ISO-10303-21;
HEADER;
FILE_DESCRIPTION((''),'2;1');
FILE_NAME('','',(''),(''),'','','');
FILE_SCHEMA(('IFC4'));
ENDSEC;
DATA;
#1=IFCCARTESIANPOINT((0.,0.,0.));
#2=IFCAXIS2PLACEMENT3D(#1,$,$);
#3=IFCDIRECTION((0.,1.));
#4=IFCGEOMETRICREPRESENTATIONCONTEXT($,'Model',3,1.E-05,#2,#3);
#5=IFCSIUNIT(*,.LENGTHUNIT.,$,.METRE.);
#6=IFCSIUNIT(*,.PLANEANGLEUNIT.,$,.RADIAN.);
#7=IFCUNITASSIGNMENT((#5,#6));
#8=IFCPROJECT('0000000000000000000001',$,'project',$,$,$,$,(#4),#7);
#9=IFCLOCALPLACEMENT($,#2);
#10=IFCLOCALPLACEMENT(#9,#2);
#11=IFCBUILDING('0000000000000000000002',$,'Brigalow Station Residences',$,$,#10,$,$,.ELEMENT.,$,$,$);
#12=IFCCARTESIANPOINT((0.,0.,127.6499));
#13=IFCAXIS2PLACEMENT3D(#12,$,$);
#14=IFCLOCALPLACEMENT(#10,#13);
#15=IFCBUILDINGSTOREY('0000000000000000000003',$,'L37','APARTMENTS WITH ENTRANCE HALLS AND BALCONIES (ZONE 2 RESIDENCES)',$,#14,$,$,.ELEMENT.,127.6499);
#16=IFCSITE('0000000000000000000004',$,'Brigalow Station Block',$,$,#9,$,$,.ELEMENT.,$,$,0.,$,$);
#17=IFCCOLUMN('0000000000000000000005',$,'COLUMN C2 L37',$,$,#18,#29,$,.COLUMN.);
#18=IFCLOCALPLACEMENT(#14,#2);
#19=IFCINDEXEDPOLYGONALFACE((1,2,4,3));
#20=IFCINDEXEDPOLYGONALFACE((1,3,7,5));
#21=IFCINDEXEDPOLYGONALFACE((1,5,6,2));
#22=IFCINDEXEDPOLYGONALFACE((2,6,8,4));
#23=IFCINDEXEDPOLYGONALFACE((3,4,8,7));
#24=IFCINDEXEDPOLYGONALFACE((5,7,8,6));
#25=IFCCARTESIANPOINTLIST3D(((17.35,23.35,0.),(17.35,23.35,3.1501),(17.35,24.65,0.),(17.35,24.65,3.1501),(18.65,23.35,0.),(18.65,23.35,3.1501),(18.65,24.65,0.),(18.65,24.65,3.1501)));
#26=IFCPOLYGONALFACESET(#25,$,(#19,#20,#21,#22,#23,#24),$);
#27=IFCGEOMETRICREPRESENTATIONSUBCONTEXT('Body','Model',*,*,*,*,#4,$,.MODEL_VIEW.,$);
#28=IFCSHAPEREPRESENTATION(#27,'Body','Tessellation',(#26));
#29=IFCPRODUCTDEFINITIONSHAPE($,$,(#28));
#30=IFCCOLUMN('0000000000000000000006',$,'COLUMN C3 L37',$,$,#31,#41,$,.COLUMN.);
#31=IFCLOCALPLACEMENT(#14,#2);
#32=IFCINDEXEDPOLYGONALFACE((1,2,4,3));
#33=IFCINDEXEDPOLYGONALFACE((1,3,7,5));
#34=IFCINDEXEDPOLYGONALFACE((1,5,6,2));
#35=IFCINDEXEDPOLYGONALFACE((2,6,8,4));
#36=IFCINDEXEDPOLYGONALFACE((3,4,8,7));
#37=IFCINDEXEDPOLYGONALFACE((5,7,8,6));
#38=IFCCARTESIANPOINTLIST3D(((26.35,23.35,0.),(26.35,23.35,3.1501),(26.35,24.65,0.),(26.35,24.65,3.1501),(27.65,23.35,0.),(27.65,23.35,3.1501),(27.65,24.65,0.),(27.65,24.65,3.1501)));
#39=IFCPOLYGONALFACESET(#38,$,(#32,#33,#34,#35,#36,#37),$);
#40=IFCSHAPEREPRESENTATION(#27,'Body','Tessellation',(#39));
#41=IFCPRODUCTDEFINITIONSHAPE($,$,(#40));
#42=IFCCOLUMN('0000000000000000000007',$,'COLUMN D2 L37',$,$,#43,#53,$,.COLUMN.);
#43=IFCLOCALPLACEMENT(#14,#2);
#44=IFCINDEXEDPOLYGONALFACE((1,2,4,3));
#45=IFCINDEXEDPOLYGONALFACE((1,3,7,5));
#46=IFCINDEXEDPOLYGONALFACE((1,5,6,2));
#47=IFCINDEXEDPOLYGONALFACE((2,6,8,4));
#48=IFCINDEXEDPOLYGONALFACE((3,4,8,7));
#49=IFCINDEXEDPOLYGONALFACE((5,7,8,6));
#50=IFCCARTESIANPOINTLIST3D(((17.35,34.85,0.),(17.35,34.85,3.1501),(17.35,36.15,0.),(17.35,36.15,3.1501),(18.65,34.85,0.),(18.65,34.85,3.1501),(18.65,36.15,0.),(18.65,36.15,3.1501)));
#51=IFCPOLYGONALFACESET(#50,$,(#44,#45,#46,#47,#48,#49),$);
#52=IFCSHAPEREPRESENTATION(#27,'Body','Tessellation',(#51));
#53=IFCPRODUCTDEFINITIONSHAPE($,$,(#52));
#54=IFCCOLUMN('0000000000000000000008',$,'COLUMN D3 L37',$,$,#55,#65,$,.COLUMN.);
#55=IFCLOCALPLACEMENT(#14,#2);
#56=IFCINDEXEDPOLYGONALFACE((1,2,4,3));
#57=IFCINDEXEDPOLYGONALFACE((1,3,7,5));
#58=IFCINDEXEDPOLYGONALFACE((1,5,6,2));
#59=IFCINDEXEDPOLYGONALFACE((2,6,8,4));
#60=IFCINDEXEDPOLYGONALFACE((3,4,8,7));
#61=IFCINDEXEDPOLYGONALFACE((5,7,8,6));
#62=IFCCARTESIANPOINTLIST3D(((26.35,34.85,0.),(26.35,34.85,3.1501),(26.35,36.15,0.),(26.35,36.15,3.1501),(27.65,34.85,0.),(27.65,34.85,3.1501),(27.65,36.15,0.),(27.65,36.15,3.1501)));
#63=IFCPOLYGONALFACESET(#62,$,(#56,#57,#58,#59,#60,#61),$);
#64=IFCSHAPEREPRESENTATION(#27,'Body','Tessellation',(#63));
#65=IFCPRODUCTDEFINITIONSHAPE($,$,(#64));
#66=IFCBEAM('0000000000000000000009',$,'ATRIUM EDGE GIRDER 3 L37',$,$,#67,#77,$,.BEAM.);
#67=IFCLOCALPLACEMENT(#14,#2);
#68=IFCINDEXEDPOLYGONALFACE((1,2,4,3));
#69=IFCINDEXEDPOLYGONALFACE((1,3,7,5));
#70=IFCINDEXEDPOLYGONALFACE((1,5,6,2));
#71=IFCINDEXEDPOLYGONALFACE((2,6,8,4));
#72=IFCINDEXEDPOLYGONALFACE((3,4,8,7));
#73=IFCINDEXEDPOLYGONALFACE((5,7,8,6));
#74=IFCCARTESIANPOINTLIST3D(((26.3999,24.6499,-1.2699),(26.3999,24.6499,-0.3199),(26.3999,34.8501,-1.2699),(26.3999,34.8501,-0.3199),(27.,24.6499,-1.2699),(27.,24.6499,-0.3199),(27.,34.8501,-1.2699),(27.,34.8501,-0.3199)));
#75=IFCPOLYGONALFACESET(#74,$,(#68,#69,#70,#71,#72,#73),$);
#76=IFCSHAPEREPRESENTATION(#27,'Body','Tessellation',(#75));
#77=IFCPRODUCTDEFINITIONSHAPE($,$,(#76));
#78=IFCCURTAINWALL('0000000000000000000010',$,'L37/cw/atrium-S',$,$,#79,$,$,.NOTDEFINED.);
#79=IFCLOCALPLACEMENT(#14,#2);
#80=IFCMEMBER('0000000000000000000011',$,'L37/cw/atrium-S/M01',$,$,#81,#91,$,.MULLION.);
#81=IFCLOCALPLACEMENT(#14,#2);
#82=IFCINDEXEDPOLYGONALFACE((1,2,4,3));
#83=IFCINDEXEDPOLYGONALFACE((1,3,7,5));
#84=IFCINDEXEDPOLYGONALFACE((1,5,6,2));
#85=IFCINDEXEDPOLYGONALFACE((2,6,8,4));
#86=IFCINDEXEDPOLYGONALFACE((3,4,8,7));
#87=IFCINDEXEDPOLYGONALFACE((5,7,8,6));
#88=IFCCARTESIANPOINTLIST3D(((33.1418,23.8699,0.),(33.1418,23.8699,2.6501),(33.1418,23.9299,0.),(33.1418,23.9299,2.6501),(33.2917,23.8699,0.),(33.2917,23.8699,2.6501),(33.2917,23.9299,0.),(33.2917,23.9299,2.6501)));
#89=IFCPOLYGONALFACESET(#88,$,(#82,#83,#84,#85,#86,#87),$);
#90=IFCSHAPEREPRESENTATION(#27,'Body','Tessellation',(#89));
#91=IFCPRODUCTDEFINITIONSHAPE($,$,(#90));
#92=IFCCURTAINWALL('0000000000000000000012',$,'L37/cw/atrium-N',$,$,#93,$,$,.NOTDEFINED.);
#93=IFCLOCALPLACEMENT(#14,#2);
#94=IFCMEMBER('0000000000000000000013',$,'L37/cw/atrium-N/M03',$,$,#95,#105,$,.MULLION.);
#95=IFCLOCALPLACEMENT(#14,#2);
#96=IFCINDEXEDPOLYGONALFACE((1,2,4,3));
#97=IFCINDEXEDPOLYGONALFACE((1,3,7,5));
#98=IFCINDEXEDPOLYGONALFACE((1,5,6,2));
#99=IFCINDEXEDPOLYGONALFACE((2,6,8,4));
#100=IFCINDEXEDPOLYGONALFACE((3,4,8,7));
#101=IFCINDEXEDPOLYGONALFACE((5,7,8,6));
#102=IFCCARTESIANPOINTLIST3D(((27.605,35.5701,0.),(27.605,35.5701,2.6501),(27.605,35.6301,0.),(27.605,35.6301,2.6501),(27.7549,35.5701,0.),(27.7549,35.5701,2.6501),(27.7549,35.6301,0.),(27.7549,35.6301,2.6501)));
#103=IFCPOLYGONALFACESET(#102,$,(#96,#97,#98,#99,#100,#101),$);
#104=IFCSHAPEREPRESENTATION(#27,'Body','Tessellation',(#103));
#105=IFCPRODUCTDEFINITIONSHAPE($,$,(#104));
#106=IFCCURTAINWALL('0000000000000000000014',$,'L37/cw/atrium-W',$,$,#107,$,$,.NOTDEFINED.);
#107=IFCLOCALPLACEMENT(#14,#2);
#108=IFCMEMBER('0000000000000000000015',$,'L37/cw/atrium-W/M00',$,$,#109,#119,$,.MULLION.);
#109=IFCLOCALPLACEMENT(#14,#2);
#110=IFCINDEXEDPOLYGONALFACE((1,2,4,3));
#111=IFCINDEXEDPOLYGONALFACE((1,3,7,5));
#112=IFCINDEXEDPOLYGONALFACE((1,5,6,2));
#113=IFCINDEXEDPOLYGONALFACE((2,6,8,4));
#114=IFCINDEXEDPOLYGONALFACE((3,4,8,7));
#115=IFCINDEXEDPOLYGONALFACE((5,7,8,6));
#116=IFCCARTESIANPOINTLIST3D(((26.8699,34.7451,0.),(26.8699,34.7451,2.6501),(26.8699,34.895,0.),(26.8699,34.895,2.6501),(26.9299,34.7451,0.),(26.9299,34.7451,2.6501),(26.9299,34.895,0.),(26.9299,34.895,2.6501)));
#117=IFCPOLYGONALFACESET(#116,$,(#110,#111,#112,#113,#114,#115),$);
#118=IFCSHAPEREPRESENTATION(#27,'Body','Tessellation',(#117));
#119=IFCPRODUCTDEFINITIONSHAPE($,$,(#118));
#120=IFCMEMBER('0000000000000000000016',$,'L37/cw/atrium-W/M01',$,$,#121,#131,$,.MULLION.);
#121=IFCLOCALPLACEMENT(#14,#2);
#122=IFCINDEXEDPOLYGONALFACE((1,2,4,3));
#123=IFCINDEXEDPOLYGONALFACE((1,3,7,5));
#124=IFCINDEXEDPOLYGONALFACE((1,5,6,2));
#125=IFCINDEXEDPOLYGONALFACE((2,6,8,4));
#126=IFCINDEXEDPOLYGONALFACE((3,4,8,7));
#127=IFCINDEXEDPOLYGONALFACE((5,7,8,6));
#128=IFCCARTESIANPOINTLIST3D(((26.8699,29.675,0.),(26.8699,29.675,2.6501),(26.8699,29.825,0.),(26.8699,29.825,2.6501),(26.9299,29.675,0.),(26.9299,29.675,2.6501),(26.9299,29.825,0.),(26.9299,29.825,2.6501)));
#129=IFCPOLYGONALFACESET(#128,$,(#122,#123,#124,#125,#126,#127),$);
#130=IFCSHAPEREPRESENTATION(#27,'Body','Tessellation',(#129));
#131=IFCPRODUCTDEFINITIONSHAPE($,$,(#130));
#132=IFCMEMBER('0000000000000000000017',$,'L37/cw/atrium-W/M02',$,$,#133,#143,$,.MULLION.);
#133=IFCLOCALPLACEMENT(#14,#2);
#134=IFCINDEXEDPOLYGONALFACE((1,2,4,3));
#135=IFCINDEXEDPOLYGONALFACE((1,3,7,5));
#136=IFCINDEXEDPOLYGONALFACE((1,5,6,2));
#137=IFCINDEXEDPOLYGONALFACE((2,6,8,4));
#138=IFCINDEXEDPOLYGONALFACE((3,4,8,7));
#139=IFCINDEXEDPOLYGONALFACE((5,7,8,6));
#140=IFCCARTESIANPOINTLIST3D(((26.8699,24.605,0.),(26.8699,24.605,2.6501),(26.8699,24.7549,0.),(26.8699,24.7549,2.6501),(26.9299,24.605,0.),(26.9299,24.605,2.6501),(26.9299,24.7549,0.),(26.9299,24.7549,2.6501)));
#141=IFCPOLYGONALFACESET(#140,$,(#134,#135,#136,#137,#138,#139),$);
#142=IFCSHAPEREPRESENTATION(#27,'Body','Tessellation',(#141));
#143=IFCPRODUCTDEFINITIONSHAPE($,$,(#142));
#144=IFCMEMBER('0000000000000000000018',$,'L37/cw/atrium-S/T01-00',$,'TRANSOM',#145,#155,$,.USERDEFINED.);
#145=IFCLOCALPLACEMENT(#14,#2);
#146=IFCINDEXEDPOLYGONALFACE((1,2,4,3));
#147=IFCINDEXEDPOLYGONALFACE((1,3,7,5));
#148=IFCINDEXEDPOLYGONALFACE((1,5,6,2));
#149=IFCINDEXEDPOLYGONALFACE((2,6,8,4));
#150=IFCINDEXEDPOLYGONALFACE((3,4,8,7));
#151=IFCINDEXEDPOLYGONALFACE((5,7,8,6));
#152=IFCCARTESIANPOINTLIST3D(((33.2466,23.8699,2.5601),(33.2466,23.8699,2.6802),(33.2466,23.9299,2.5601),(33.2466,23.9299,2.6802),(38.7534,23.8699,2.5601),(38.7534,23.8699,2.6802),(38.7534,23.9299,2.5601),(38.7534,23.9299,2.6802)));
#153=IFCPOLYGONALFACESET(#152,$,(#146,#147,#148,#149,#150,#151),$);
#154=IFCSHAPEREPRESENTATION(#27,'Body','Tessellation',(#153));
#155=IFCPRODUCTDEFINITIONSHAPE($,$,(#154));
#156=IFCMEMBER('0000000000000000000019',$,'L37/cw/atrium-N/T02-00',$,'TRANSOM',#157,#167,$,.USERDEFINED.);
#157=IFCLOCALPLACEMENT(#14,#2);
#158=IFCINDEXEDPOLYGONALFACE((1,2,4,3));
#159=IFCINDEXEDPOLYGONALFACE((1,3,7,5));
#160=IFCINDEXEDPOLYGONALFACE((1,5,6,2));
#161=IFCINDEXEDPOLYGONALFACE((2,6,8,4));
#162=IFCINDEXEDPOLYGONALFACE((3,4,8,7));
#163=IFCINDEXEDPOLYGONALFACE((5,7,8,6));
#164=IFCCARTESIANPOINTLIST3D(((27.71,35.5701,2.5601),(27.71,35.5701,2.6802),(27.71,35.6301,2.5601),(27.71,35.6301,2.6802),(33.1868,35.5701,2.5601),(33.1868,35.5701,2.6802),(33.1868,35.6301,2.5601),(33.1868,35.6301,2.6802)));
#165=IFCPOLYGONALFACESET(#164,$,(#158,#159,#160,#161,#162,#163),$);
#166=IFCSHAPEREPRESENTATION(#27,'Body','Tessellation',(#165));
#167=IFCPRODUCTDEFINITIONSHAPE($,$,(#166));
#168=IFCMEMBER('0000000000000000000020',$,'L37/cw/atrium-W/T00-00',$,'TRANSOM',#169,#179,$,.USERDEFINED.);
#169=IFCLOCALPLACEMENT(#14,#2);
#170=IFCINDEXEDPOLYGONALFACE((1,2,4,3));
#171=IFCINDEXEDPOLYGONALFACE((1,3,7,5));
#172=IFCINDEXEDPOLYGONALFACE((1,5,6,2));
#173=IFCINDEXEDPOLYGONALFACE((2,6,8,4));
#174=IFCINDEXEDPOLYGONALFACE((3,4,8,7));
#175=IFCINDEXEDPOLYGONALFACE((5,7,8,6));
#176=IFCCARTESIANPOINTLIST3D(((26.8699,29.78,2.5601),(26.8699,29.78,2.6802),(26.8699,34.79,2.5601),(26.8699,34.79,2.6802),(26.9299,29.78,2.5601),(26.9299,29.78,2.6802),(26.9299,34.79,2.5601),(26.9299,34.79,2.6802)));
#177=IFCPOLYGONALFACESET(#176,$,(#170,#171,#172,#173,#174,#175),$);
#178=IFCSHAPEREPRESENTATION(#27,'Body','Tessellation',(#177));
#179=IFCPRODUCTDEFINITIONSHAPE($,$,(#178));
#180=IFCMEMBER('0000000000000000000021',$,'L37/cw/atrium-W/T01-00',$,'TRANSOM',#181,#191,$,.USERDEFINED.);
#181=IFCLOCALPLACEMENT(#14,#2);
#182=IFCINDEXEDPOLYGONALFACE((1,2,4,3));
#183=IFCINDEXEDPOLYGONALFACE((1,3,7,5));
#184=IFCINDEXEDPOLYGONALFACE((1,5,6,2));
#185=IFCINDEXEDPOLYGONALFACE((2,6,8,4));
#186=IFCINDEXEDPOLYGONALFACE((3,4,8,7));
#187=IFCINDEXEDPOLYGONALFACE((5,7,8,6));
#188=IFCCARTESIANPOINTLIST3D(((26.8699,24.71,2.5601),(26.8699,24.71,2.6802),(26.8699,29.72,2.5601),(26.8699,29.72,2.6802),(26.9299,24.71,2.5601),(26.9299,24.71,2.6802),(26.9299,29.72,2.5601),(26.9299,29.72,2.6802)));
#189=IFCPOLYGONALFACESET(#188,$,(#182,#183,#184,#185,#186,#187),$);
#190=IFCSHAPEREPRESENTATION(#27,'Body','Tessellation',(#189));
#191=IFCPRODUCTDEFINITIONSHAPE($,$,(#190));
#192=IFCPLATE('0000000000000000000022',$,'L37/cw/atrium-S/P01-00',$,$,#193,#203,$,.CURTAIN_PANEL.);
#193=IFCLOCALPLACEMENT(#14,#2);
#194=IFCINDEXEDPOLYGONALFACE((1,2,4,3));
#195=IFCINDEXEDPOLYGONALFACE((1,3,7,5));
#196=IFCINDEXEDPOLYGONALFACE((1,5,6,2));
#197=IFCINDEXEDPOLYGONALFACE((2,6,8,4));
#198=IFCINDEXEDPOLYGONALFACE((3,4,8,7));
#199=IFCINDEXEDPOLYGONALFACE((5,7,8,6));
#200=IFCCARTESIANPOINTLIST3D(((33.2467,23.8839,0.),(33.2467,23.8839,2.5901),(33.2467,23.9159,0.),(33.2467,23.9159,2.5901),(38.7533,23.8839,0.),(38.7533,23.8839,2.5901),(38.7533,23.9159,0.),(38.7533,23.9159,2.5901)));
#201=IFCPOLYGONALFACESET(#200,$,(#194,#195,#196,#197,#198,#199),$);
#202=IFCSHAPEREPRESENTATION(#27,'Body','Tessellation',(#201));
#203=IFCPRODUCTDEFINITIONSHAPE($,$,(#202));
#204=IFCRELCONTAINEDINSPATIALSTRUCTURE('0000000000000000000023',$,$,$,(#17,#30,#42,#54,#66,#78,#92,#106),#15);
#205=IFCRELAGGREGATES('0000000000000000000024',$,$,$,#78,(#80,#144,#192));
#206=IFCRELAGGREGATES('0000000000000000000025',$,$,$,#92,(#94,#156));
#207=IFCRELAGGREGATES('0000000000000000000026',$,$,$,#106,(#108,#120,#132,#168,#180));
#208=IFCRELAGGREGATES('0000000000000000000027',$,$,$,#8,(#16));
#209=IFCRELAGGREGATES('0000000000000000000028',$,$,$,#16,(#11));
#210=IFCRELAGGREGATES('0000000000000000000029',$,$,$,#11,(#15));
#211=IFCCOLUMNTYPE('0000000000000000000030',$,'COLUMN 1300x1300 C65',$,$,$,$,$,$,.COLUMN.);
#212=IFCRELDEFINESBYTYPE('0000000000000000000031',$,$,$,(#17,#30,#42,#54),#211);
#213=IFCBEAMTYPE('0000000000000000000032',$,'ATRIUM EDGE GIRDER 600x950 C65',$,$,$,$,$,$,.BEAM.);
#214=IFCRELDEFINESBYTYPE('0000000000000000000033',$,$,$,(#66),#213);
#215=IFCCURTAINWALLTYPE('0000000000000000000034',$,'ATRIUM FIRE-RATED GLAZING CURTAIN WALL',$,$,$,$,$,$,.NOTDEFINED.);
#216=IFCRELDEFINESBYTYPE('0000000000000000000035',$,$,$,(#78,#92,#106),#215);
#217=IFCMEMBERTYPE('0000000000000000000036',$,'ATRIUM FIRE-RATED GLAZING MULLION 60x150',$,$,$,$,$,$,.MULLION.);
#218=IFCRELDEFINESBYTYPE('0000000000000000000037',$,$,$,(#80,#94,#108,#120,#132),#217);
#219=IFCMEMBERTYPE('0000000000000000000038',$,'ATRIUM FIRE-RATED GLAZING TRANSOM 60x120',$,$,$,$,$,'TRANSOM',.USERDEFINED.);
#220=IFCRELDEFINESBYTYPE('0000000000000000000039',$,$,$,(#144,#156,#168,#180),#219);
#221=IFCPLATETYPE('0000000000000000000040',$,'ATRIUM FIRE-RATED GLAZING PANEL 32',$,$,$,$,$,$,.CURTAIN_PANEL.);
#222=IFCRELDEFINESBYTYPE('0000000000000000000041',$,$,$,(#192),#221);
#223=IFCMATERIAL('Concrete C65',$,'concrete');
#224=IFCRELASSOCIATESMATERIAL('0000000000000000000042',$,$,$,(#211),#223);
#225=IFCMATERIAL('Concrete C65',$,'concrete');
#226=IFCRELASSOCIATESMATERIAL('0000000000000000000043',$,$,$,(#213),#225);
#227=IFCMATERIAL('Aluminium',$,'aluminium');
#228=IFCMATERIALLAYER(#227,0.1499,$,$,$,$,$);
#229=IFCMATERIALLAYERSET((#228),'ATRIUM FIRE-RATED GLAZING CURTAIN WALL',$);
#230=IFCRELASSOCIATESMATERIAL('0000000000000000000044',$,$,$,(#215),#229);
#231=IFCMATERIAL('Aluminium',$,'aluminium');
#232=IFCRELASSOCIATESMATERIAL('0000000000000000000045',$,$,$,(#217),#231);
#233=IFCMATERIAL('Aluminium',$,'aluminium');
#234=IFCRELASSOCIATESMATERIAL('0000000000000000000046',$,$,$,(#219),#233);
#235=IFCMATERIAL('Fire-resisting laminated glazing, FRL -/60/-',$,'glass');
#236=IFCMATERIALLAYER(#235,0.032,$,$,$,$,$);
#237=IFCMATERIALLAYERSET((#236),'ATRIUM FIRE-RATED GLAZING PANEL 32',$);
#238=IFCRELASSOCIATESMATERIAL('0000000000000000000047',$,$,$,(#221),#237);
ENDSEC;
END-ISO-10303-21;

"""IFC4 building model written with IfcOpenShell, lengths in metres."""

from ifc_helpers import new_model, si_unit, direction, frame, origin, origin_2d, place, context, subcontext, project, spatial, rectangle, extrude, material, layer, layer_set, material_profile, profile_set, type_object, element, aggregate, save


model = new_model("IFC4")

# Units and contexts
model_context = context("Model", 3, precision=1e-05, world=origin(), true_north=direction((0.0, 1.0)))
body_context = subcontext(model_context, "Body", "Model", "MODEL_VIEW")
ifc_project = project(units=[si_unit("LENGTHUNIT", "METRE"), si_unit("PLANEANGLEUNIT", "RADIAN")], contexts=[model_context])

# Site, building, storey
site_placement = place(None, origin())
site = spatial("IfcSite", under=ifc_project, at=site_placement, Name="Brigalow Station Block", CompositionType="ELEMENT", RefElevation=0.0)
building_placement = place(site_placement, origin())
building = spatial("IfcBuilding", under=site, at=building_placement, Name="Brigalow Station Residences", CompositionType="ELEMENT")
storey_placement = place(building_placement, frame((0.0, 0.0, 127.6499)))
storey = spatial("IfcBuildingStorey", under=building, at=storey_placement, Name="L37", Description="APARTMENTS WITH ENTRANCE HALLS AND BALCONIES (ZONE 2 RESIDENCES)", CompositionType="ELEMENT", Elevation=127.6499)

# Columns
ifc_material_1 = material(Name="Concrete C65", Category="concrete")
ifc_material_profile_1 = material_profile(ifc_material_1, rectangle(XDim=1.3, YDim=1.3, at=origin_2d()), Name="RC1300x1300")
ifc_profile_set_1 = profile_set([ifc_material_profile_1], Name="Concrete C65")
column_type = type_object("IfcColumnType", Name="COLUMN 1300x1300 C65", PredefinedType="COLUMN", material=ifc_profile_set_1)
for number, where, z_axis, x_axis, name in (
    (1, (18.0, 24.0, 0.0), (0.0, 0.0, 1.0), (1.0, 0.0, 0.0), "COLUMN C2 L37"),
    (2, (27.0, 24.0, 0.0), (0.0, 0.0, 1.0), (1.0, 0.0, 0.0), "COLUMN C3 L37"),
    (3, (18.0, 35.5, 0.0), (0.0, 0.0, 1.0), (1.0, 0.0, 0.0), "COLUMN D2 L37"),
    (4, (27.0, 35.5, 0.0), (0.0, 0.0, 1.0), (1.0, 0.0, 0.0), "COLUMN D3 L37"),
):
    element("IfcColumn", number, at=place(storey_placement, frame(where, z_axis=z_axis, x_axis=x_axis)), inside=storey, type_object=column_type, Name=name, PredefinedType="COLUMN", context=body_context, shape_type="SweptSolid", body=[
        extrude(rectangle(XDim=1.3, YDim=1.3, at=origin_2d()), origin(), (0.0, 0.0, 1.0), 3.1501),
    ])

# Beam
ifc_material_2 = material(Name="Concrete C65", Category="concrete")
ifc_material_profile_2 = material_profile(ifc_material_2, rectangle(XDim=0.6001, YDim=0.95, at=origin_2d()), Name="RC600x950")
ifc_profile_set_2 = profile_set([ifc_material_profile_2], Name="Concrete C65")
beam_type = type_object("IfcBeamType", Name="ATRIUM EDGE GIRDER 600x950 C65", PredefinedType="BEAM", material=ifc_profile_set_2)
beam_placement = place(storey_placement, frame((26.7, 24.6499, -0.7949), z_axis=(0.0, 1.0, 0.0), x_axis=(-1.0, 0.0, 0.0)))
element("IfcBeam", 5, at=beam_placement, inside=storey, type_object=beam_type, Name="ATRIUM EDGE GIRDER 3 L37", PredefinedType="BEAM", context=body_context, shape_type="SweptSolid", body=[
    extrude(rectangle(XDim=0.6001, YDim=0.95, at=origin_2d()), origin(), (0.0, 0.0, 1.0), 10.2002),
])

# Curtain walls, members
ifc_material_3 = material(Name="Aluminium", Category="aluminium")
ifc_layer_1 = layer(ifc_material_3, 0.1499)
ifc_layer_set_1 = layer_set([ifc_layer_1], Name="ATRIUM FIRE-RATED GLAZING CURTAIN WALL")
curtain_wall_type = type_object("IfcCurtainWallType", Name="ATRIUM FIRE-RATED GLAZING CURTAIN WALL", PredefinedType="NOTDEFINED", material=ifc_layer_set_1)
curtain_wall_1_placement = place(storey_placement, origin())
curtain_wall_1 = element("IfcCurtainWall", 6, at=curtain_wall_1_placement, inside=storey, type_object=curtain_wall_type, Name="L37/cw/atrium-S", PredefinedType="NOTDEFINED")
ifc_material_4 = material(Name="Aluminium", Category="aluminium")
ifc_material_profile_3 = material_profile(ifc_material_4, rectangle(XDim=0.0601, YDim=0.1499, at=origin_2d()), Name="ATRIUM FIRE-RATED GLAZING MULLION 60x150")
ifc_profile_set_3 = profile_set([ifc_material_profile_3], Name="Aluminium")
member_type_1 = type_object("IfcMemberType", Name="ATRIUM FIRE-RATED GLAZING MULLION 60x150", PredefinedType="MULLION", material=ifc_profile_set_3)
member_1_placement = place(storey_placement, frame((33.2168, 23.8999, 0.0), z_axis=(0.0, 0.0, 1.0), x_axis=(0.0, 1.0, 0.0)))
member_1 = element("IfcMember", 7, at=member_1_placement, type_object=member_type_1, Name="L37/cw/atrium-S/M01", PredefinedType="MULLION", context=body_context, shape_type="SweptSolid", body=[
    extrude(rectangle(XDim=0.0601, YDim=0.1499, at=origin_2d()), origin(), (0.0, 0.0, 1.0), 2.6501),
])
curtain_wall_2_placement = place(storey_placement, origin())
curtain_wall_2 = element("IfcCurtainWall", 8, at=curtain_wall_2_placement, inside=storey, type_object=curtain_wall_type, Name="L37/cw/atrium-N", PredefinedType="NOTDEFINED")
member_2_placement = place(storey_placement, frame((27.6799, 35.6001, 0.0), z_axis=(0.0, 0.0, 1.0), x_axis=(0.0, -1.0, 0.0)))
member_2 = element("IfcMember", 9, at=member_2_placement, type_object=member_type_1, Name="L37/cw/atrium-N/M03", PredefinedType="MULLION", context=body_context, shape_type="SweptSolid", body=[
    extrude(rectangle(XDim=0.0601, YDim=0.1499, at=origin_2d()), origin(), (0.0, 0.0, 1.0), 2.6501),
])

# Curtain wall, members
curtain_wall_3_placement = place(storey_placement, origin())
curtain_wall_3 = element("IfcCurtainWall", 10, at=curtain_wall_3_placement, inside=storey, type_object=curtain_wall_type, Name="L37/cw/atrium-W", PredefinedType="NOTDEFINED")
member_3_placement = place(storey_placement, frame((26.8999, 34.8201, 0.0), z_axis=(0.0, 0.0, 1.0), x_axis=(1.0, 0.0, 0.0)))
member_3 = element("IfcMember", 11, at=member_3_placement, type_object=member_type_1, Name="L37/cw/atrium-W/M00", PredefinedType="MULLION", context=body_context, shape_type="SweptSolid", body=[
    extrude(rectangle(XDim=0.0601, YDim=0.1499, at=origin_2d()), origin(), (0.0, 0.0, 1.0), 2.6501),
])
member_4_placement = place(storey_placement, frame((26.8999, 29.75, 0.0), z_axis=(0.0, 0.0, 1.0), x_axis=(1.0, 0.0, 0.0)))
member_4 = element("IfcMember", 12, at=member_4_placement, type_object=member_type_1, Name="L37/cw/atrium-W/M01", PredefinedType="MULLION", context=body_context, shape_type="SweptSolid", body=[
    extrude(rectangle(XDim=0.0601, YDim=0.1499, at=origin_2d()), origin(), (0.0, 0.0, 1.0), 2.6501),
])
member_5_placement = place(storey_placement, frame((26.8999, 24.6799, 0.0), z_axis=(0.0, 0.0, 1.0), x_axis=(1.0, 0.0, 0.0)))
member_5 = element("IfcMember", 13, at=member_5_placement, type_object=member_type_1, Name="L37/cw/atrium-W/M02", PredefinedType="MULLION", context=body_context, shape_type="SweptSolid", body=[
    extrude(rectangle(XDim=0.0601, YDim=0.1499, at=origin_2d()), origin(), (0.0, 0.0, 1.0), 2.6501),
])

# Members
ifc_material_5 = material(Name="Aluminium", Category="aluminium")
ifc_material_profile_4 = material_profile(ifc_material_5, rectangle(XDim=0.0601, YDim=0.1201, at=origin_2d()), Name="ATRIUM FIRE-RATED GLAZING TRANSOM 60x120")
ifc_profile_set_4 = profile_set([ifc_material_profile_4], Name="Aluminium")
member_type_2 = type_object("IfcMemberType", Name="ATRIUM FIRE-RATED GLAZING TRANSOM 60x120", ElementType="TRANSOM", PredefinedType="USERDEFINED", material=ifc_profile_set_4)
member_6_placement = place(storey_placement, frame((33.2466, 23.8999, 2.6201), z_axis=(1.0, 0.0, 0.0), x_axis=(0.0, 1.0, 0.0)))
member_6 = element("IfcMember", 14, at=member_6_placement, type_object=member_type_2, Name="L37/cw/atrium-S/T01-00", ObjectType="TRANSOM", PredefinedType="USERDEFINED", context=body_context, shape_type="SweptSolid", body=[
    extrude(rectangle(XDim=0.0601, YDim=0.1201, at=origin_2d()), origin(), (0.0, 0.0, 1.0), 5.5068),
])
member_7_placement = place(storey_placement, frame((33.1868, 35.6001, 2.6201), z_axis=(-1.0, 0.0, 0.0), x_axis=(0.0, -1.0, 0.0)))
member_7 = element("IfcMember", 15, at=member_7_placement, type_object=member_type_2, Name="L37/cw/atrium-N/T02-00", ObjectType="TRANSOM", PredefinedType="USERDEFINED", context=body_context, shape_type="SweptSolid", body=[
    extrude(rectangle(XDim=0.0601, YDim=0.1201, at=origin_2d()), origin(), (0.0, 0.0, 1.0), 5.4768),
])
member_8_placement = place(storey_placement, frame((26.8999, 34.79, 2.6201), z_axis=(0.0, -1.0, 0.0), x_axis=(1.0, 0.0, 0.0)))
member_8 = element("IfcMember", 16, at=member_8_placement, type_object=member_type_2, Name="L37/cw/atrium-W/T00-00", ObjectType="TRANSOM", PredefinedType="USERDEFINED", context=body_context, shape_type="SweptSolid", body=[
    extrude(rectangle(XDim=0.0601, YDim=0.1201, at=origin_2d()), origin(), (0.0, 0.0, 1.0), 5.01),
])
member_9_placement = place(storey_placement, frame((26.8999, 29.72, 2.6201), z_axis=(0.0, -1.0, 0.0), x_axis=(1.0, 0.0, 0.0)))
member_9 = element("IfcMember", 17, at=member_9_placement, type_object=member_type_2, Name="L37/cw/atrium-W/T01-00", ObjectType="TRANSOM", PredefinedType="USERDEFINED", context=body_context, shape_type="SweptSolid", body=[
    extrude(rectangle(XDim=0.0601, YDim=0.1201, at=origin_2d()), origin(), (0.0, 0.0, 1.0), 5.01),
])

# Plate
ifc_material_6 = material(Name="Fire-resisting laminated glazing, FRL -/60/-", Category="glass")
ifc_layer_2 = layer(ifc_material_6, 0.032)
ifc_layer_set_2 = layer_set([ifc_layer_2], Name="ATRIUM FIRE-RATED GLAZING PANEL 32")
plate_type = type_object("IfcPlateType", Name="ATRIUM FIRE-RATED GLAZING PANEL 32", PredefinedType="CURTAIN_PANEL", material=ifc_layer_set_2)
plate_1_placement = place(storey_placement, frame((36.0, 23.8999, 0.0), z_axis=(0.0, 0.0, 1.0), x_axis=(1.0, 0.0, 0.0)))
plate_1 = element("IfcPlate", 18, at=plate_1_placement, type_object=plate_type, Name="L37/cw/atrium-S/P01-00", PredefinedType="CURTAIN_PANEL", context=body_context, shape_type="SweptSolid", body=[
    extrude(rectangle(XDim=5.5066, YDim=0.032, at=origin_2d()), origin(), (0.0, 0.0, 1.0), 2.5901),
])
aggregate(curtain_wall_1, [member_1, member_6, plate_1])
aggregate(curtain_wall_2, [member_2, member_7])
aggregate(curtain_wall_3, [member_3, member_4, member_5, member_8, member_9])

save(model, "model.ifc")
